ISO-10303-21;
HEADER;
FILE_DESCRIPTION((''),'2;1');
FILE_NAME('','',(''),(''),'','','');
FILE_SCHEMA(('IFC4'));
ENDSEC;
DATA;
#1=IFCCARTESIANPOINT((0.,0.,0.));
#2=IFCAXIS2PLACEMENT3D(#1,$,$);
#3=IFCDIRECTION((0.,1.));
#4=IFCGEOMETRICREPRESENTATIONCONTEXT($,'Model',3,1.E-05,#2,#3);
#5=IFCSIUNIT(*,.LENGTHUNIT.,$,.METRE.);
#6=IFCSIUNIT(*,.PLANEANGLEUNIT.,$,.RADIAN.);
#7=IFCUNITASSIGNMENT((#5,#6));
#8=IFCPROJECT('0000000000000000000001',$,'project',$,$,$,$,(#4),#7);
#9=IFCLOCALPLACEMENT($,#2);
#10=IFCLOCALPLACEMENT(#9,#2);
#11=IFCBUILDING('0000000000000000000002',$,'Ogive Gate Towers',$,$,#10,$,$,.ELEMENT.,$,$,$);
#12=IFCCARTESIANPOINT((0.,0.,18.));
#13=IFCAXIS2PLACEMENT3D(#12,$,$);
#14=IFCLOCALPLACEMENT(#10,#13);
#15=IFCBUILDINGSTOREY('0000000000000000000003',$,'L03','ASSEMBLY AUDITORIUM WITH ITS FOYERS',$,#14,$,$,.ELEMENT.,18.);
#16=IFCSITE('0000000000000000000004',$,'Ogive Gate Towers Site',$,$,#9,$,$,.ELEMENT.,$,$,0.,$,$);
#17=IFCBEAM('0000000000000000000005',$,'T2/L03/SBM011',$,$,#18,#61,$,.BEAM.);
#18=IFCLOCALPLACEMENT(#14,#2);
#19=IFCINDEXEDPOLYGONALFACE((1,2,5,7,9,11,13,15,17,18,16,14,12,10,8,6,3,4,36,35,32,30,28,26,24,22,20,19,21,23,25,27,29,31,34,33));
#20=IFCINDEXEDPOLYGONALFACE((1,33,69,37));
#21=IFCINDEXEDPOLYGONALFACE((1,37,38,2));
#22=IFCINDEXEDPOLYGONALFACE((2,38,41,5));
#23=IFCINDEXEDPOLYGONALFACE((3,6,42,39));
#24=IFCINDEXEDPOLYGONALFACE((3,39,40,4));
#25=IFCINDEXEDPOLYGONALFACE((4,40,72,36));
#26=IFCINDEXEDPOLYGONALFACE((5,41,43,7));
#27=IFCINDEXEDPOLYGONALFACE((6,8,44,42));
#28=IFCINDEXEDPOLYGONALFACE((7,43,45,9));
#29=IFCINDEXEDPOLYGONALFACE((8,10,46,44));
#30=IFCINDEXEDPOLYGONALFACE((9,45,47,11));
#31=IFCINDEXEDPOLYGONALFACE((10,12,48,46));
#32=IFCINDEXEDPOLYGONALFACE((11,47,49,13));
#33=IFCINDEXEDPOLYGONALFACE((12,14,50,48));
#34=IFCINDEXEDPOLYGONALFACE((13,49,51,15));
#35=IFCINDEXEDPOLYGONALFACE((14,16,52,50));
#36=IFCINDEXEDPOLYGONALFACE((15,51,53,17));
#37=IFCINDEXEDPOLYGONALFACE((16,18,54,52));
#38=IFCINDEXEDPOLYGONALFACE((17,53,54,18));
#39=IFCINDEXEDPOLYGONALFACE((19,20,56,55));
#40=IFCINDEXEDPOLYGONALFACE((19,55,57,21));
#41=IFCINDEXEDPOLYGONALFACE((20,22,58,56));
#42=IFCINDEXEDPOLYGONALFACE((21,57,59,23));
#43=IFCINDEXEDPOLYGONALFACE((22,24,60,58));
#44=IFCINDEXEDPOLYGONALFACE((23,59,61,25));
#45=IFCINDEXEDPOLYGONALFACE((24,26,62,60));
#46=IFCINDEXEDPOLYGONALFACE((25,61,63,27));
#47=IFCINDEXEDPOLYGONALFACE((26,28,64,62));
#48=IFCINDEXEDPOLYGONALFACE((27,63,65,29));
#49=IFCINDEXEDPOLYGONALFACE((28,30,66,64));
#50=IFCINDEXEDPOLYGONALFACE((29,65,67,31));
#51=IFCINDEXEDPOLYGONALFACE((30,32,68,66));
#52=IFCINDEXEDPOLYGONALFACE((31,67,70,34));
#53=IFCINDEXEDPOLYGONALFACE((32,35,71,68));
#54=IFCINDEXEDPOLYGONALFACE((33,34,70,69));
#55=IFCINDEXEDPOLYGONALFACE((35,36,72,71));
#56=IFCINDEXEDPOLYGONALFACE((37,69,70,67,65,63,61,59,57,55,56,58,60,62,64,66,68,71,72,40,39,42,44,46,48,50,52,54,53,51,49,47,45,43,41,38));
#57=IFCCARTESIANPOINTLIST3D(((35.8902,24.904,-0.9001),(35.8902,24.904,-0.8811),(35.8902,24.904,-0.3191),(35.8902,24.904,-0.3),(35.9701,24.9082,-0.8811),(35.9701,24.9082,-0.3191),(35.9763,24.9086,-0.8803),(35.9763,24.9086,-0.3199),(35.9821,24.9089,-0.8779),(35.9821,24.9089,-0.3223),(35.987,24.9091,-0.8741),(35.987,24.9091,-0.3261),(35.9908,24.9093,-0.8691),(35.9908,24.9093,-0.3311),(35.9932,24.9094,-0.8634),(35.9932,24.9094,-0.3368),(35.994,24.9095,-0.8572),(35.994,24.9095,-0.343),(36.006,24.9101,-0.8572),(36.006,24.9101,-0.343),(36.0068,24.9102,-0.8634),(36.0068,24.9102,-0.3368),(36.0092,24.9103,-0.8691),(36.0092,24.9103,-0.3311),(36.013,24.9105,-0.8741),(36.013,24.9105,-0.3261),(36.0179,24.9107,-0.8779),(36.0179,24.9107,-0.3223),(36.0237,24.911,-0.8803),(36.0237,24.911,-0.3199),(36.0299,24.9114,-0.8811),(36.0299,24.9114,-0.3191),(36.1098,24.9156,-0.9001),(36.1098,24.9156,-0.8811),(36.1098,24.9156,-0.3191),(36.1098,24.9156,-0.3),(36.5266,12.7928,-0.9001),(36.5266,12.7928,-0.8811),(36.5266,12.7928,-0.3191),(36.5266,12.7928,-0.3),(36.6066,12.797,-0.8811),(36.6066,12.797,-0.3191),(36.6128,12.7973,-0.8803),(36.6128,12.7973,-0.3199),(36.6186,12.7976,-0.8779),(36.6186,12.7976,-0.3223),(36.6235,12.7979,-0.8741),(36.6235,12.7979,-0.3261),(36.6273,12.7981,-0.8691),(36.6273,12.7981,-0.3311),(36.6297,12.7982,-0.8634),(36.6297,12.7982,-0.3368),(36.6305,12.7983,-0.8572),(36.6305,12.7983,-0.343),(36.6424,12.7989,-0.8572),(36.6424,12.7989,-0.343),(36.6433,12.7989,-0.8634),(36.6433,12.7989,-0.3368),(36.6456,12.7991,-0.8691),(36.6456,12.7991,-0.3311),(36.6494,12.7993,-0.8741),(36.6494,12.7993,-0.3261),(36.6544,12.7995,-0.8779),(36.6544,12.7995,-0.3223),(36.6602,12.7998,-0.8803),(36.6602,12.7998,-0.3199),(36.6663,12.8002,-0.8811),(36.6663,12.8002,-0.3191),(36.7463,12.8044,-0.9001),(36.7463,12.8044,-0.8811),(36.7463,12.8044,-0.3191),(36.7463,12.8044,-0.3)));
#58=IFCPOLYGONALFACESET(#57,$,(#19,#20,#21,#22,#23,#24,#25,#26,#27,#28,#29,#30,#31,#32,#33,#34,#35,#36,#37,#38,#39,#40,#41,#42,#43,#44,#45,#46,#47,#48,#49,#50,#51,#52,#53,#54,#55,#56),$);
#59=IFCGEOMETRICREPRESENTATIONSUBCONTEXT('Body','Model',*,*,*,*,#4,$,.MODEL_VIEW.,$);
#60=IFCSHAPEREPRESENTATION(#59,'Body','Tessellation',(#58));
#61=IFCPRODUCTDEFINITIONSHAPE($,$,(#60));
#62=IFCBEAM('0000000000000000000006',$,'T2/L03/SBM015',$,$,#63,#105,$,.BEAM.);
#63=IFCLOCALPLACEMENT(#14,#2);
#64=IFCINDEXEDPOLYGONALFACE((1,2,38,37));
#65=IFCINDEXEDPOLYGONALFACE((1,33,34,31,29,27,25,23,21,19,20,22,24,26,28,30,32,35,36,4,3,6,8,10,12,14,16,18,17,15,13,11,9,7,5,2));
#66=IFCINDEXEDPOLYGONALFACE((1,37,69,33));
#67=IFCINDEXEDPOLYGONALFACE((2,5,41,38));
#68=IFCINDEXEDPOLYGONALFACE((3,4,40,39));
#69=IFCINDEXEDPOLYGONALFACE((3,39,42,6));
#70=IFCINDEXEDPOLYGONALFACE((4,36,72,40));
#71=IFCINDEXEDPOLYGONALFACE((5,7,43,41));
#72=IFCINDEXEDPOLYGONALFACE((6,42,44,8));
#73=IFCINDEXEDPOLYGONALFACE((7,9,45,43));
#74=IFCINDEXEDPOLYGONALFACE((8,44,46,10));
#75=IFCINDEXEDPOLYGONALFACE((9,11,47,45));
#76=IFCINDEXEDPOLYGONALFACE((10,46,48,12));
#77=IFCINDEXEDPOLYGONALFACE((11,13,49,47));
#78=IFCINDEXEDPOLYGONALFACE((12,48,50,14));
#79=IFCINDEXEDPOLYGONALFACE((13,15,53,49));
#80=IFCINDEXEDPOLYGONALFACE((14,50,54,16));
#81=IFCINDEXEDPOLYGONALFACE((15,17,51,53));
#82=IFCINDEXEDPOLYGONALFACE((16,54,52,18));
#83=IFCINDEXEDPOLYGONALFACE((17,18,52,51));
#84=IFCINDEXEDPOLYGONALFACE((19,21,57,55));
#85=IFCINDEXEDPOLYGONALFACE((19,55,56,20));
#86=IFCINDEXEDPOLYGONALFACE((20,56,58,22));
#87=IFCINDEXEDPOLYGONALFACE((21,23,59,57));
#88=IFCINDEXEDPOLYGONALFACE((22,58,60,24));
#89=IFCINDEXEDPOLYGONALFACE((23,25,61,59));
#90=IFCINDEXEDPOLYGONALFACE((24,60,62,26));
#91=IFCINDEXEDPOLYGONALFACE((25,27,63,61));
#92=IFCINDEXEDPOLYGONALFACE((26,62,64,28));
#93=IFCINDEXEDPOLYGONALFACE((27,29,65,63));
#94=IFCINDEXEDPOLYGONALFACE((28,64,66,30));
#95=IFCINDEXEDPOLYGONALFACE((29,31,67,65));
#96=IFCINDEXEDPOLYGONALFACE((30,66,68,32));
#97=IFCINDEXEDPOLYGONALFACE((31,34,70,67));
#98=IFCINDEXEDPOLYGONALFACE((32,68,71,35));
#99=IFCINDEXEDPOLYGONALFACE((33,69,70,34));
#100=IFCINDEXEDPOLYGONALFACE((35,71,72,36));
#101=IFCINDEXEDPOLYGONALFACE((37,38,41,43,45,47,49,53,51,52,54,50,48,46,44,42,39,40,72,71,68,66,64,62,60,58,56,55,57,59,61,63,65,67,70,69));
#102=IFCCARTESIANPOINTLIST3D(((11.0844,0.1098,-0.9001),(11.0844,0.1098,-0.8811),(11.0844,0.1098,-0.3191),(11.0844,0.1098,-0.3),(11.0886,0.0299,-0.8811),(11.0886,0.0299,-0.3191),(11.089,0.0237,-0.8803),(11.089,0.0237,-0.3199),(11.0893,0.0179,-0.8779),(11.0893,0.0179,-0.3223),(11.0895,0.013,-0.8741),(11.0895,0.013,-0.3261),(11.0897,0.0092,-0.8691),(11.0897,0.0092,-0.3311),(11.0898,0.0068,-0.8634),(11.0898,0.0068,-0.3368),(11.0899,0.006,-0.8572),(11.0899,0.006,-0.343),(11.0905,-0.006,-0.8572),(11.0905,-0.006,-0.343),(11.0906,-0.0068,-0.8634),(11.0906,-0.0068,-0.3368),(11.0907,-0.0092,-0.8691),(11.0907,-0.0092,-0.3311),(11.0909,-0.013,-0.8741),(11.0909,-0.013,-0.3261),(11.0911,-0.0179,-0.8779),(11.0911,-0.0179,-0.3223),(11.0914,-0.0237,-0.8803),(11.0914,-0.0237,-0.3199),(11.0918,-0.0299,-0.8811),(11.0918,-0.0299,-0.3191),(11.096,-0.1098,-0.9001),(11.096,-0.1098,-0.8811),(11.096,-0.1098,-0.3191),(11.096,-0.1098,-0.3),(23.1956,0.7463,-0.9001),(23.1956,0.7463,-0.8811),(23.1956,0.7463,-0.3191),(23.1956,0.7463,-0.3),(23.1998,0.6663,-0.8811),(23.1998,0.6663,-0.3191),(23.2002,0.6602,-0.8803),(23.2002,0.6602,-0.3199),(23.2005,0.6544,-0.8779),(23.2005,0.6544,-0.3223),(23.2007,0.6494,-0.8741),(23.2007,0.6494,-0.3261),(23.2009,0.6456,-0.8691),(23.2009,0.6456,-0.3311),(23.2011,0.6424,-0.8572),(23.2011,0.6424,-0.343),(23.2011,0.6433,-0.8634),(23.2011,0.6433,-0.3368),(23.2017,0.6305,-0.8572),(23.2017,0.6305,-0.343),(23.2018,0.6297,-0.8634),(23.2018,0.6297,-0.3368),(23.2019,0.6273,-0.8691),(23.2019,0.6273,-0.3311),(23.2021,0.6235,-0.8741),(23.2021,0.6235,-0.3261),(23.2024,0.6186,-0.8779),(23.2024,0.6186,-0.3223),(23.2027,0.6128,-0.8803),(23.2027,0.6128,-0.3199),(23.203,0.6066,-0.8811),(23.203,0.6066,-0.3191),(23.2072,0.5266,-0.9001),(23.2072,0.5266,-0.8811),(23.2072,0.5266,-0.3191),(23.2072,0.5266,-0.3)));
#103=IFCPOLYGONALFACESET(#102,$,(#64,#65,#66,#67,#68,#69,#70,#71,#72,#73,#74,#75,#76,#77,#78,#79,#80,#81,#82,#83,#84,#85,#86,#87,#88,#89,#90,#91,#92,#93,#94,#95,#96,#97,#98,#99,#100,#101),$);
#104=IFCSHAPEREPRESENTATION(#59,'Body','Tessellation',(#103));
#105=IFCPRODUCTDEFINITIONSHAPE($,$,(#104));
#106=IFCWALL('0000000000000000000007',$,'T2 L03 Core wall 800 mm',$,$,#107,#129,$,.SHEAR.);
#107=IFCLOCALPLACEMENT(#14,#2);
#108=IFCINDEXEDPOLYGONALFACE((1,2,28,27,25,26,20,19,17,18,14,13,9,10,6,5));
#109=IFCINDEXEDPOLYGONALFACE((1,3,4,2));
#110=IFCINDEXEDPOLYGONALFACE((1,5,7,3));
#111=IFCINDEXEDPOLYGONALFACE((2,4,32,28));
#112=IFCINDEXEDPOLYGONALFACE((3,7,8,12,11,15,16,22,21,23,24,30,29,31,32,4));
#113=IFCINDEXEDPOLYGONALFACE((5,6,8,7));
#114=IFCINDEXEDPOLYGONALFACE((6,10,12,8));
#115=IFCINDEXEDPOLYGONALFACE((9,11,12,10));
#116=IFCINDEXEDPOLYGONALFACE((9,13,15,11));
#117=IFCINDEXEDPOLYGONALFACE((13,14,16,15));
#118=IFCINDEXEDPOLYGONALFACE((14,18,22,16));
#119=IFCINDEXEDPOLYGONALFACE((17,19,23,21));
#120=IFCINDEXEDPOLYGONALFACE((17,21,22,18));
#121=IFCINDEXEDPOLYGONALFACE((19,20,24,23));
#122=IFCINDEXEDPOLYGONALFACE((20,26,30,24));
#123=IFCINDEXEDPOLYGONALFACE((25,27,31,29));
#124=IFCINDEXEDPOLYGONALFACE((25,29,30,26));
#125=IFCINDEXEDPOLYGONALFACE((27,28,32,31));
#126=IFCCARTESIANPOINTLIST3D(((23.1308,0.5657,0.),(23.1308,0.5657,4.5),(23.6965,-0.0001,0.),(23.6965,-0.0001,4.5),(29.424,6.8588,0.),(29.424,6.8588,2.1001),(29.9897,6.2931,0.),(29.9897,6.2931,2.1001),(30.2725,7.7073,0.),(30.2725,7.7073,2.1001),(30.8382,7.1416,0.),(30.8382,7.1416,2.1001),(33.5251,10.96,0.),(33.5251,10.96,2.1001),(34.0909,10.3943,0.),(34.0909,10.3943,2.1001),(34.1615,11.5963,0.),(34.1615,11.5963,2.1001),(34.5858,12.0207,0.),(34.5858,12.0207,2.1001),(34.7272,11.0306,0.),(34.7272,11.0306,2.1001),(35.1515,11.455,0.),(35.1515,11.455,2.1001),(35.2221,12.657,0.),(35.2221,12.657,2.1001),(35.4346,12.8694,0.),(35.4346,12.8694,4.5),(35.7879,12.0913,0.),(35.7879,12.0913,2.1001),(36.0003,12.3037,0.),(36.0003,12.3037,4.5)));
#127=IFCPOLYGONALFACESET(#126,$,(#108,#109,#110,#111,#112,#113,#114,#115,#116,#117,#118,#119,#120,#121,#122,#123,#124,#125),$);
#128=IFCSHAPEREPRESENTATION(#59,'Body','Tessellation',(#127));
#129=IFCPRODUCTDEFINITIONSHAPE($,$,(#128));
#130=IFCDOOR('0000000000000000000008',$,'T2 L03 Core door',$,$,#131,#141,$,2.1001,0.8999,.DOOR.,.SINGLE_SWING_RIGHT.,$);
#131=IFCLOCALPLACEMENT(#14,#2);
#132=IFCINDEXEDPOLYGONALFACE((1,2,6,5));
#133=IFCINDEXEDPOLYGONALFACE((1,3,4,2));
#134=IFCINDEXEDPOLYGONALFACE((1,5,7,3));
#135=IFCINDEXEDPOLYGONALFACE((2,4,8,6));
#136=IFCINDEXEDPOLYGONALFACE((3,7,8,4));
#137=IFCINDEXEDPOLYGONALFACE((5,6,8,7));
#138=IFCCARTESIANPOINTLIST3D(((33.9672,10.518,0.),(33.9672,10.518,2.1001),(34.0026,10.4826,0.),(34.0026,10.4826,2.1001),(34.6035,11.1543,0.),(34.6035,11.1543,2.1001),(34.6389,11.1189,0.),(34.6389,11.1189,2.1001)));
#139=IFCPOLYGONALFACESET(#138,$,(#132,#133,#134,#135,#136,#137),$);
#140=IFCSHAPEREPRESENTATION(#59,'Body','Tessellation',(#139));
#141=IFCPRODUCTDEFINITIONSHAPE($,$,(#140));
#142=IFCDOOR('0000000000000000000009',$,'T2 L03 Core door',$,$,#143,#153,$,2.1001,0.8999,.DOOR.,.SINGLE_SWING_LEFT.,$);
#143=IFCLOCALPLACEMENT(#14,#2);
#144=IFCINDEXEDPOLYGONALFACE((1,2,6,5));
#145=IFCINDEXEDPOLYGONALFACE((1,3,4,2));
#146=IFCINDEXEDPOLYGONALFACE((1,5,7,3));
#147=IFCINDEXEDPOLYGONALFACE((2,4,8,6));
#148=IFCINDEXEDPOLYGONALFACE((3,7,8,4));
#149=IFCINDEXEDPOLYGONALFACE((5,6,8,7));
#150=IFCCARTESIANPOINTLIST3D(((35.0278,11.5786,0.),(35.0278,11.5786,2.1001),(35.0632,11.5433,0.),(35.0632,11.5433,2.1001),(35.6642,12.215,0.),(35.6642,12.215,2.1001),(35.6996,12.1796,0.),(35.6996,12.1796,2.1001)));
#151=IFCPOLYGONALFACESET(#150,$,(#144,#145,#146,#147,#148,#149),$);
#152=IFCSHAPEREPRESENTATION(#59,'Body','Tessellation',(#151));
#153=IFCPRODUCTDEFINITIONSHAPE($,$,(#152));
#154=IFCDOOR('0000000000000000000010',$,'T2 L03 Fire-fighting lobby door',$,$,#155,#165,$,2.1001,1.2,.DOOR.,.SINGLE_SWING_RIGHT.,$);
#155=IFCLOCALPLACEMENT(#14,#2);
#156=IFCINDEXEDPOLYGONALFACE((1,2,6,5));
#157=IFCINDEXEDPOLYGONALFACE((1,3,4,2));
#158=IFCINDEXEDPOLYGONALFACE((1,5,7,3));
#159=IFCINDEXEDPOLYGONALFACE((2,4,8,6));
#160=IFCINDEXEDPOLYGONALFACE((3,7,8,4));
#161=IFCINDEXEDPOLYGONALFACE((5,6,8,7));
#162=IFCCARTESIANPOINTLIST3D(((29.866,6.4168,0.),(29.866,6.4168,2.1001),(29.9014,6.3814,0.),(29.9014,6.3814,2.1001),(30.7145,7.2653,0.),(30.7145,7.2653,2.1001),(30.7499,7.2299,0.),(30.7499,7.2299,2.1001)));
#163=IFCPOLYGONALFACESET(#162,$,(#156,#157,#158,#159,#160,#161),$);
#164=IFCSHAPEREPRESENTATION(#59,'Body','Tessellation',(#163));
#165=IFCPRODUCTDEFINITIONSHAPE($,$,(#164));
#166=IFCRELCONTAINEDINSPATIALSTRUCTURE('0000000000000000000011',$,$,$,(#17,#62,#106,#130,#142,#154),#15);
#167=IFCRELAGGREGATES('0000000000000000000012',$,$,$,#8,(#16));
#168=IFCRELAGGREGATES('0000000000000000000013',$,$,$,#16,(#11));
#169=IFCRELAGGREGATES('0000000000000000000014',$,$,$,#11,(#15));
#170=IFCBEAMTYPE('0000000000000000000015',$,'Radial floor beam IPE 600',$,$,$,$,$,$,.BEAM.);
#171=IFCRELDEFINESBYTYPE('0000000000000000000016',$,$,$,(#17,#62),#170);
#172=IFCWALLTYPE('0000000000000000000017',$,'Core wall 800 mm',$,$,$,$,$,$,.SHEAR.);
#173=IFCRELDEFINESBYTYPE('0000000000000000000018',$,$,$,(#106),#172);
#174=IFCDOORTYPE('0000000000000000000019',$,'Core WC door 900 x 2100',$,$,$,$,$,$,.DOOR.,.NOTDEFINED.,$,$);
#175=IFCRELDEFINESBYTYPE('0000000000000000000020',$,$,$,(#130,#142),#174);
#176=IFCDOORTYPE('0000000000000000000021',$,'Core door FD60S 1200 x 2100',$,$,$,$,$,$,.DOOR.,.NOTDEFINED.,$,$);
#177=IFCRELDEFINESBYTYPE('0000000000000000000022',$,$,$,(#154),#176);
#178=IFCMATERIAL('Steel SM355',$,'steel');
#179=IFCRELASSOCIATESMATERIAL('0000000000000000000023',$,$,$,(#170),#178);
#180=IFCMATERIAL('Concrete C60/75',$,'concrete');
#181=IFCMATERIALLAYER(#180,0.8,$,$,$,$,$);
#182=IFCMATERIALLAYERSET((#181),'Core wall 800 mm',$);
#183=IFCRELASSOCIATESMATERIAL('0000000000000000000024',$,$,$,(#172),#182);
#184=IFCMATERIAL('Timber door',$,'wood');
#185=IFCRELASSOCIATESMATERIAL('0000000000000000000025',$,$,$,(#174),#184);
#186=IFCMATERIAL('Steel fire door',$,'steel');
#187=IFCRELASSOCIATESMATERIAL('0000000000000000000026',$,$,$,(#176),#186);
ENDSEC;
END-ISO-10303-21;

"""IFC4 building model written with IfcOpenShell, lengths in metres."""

from ifc_helpers import new_model, si_unit, direction, frame, frame_2d, origin, origin_2d, place, context, subcontext, project, spatial, rectangle, i_section, extrude, material, layer, layer_set, material_profile, profile_set, type_object, element, fill, save


model = new_model("IFC4")

# Units and contexts
model_context = context("Model", 3, precision=1e-05, world=origin(), true_north=direction((0.0, 1.0)))
body_context = subcontext(model_context, "Body", "Model", "MODEL_VIEW")
ifc_project = project(units=[si_unit("LENGTHUNIT", "METRE"), si_unit("PLANEANGLEUNIT", "RADIAN")], contexts=[model_context])

# Site, building, storey
site_placement = place(None, origin())
site = spatial("IfcSite", under=ifc_project, at=site_placement, Name="Ogive Gate Towers Site", CompositionType="ELEMENT", RefElevation=0.0)
building_placement = place(site_placement, origin())
building = spatial("IfcBuilding", under=site, at=building_placement, Name="Ogive Gate Towers", CompositionType="ELEMENT")
storey_placement = place(building_placement, frame((0.0, 0.0, 18.0)))
storey = spatial("IfcBuildingStorey", under=building, at=storey_placement, Name="L03", Description="ASSEMBLY AUDITORIUM WITH ITS FOYERS", CompositionType="ELEMENT", Elevation=18.0)

# Beams
ifc_material_1 = material(Name="Steel SM355", Category="steel")
ifc_material_profile_1 = material_profile(ifc_material_1, i_section(OverallWidth=0.22, OverallDepth=0.6001, WebThickness=0.012, FlangeThickness=0.019, FilletRadius=0.0239, at=origin_2d()), Name="IPE 600")
ifc_profile_set_1 = profile_set([ifc_material_profile_1], Name="Steel SM355")
beam_type_1 = type_object("IfcBeamType", Name="Radial floor beam IPE 600", PredefinedType="BEAM", material=ifc_profile_set_1)
for number, where, z_axis, x_axis, name in (
    (1, (36.6365, 12.7986, -0.6001), (-0.05248, 0.998622, 0.0), (-0.998622, -0.05248, 0.0), "T2/L03/SBM011"),
    (2, (23.2014, 0.6365, -0.6001), (-0.998622, -0.05248, 0.0), (0.05248, -0.998622, 0.0), "T2/L03/SBM015"),
):
    element("IfcBeam", number, at=place(storey_placement, frame(where, z_axis=z_axis, x_axis=x_axis)), inside=storey, type_object=beam_type_1, Name=name, PredefinedType="BEAM", context=body_context, shape_type="SweptSolid", body=[
        extrude(i_section(OverallWidth=0.22, OverallDepth=0.6001, WebThickness=0.012, FlangeThickness=0.019, FilletRadius=0.0239, at=origin_2d()), origin(), (0.0, 0.0, 1.0), 12.1279),
    ])

# Wall, openings, doors
ifc_material_2 = material(Name="Concrete C60/75", Category="concrete")
ifc_layer_1 = layer(ifc_material_2, 0.8)
ifc_layer_set_1 = layer_set([ifc_layer_1], Name="Core wall 800 mm")
wall_type_1 = type_object("IfcWallType", Name="Core wall 800 mm", PredefinedType="SHEAR", material=ifc_layer_set_1)
wall_1_placement = place(storey_placement, frame((23.4136, 0.2827, 0.0), z_axis=(0.0, 0.0, 1.0), x_axis=(0.707107, 0.707107, 0.0)))
wall_1 = element("IfcWall", 3, at=wall_1_placement, inside=storey, type_object=wall_type_1, Name="T2 L03 Core wall 800 mm", PredefinedType="SHEAR", context=body_context, shape_type="SweptSolid", body=[
    extrude(rectangle(XDim=17.4001, YDim=0.8, at=frame_2d((8.7002, 0.0))), origin(), (0.0, 0.0, 1.0), 4.5),
])
opening_1_placement = place(wall_1_placement, frame((8.8999, 0.0, 0.0)))
opening_1 = element("IfcOpeningElement", 4, at=opening_1_placement, cuts=wall_1, PredefinedType="OPENING", context=body_context, shape_type="SweptSolid", body=[
    extrude(rectangle(XDim=1.2, YDim=2.1001, at=frame_2d((0.6001, 1.05))), frame((0.0, 0.4102, 0.0), z_axis=(0.0, -1.0, 0.0), x_axis=(1.0, 0.0, 0.0)), (0.0, 0.0, 1.0), 0.8201),
])
opening_2_placement = place(wall_1_placement, frame((14.7, 0.0, 0.0)))
opening_2 = element("IfcOpeningElement", 5, at=opening_2_placement, cuts=wall_1, PredefinedType="OPENING", context=body_context, shape_type="SweptSolid", body=[
    extrude(rectangle(XDim=0.8999, YDim=2.1001, at=frame_2d((0.45, 1.05))), frame((0.0, 0.4102, 0.0), z_axis=(0.0, -1.0, 0.0), x_axis=(1.0, 0.0, 0.0)), (0.0, 0.0, 1.0), 0.8201),
])
opening_3_placement = place(wall_1_placement, frame((16.2, 0.0, 0.0)))
opening_3 = element("IfcOpeningElement", 6, at=opening_3_placement, cuts=wall_1, PredefinedType="OPENING", context=body_context, shape_type="SweptSolid", body=[
    extrude(rectangle(XDim=0.8999, YDim=2.1001, at=frame_2d((0.45, 1.05))), frame((0.0, 0.4102, 0.0), z_axis=(0.0, -1.0, 0.0), x_axis=(1.0, 0.0, 0.0)), (0.0, 0.0, 1.0), 0.8201),
])
ifc_material_3 = material(Name="Timber door", Category="wood")
door_type_1 = type_object("IfcDoorType", Name="Core WC door 900 x 2100", OperationType="NOTDEFINED", PredefinedType="DOOR", material=ifc_material_3)
door_1_placement = place(opening_2_placement, origin())
door_1 = element("IfcDoor", 7, at=door_1_placement, inside=storey, type_object=door_type_1, Name="T2 L03 Core door", OperationType="SINGLE_SWING_RIGHT", OverallHeight=2.1001, OverallWidth=0.8999, PredefinedType="DOOR", context=body_context, shape_type="SweptSolid", body=[
    extrude(rectangle(XDim=0.8999, YDim=2.1001, at=frame_2d((0.45, 1.05))), frame((0.0, -0.2251, 0.0), z_axis=(0.0, -1.0, 0.0), x_axis=(1.0, 0.0, 0.0)), (0.0, 0.0, 1.0), 0.05),
])
fill(opening_2, door_1)
door_2_placement = place(opening_3_placement, origin())
door_2 = element("IfcDoor", 8, at=door_2_placement, inside=storey, type_object=door_type_1, Name="T2 L03 Core door", OperationType="SINGLE_SWING_LEFT", OverallHeight=2.1001, OverallWidth=0.8999, PredefinedType="DOOR", context=body_context, shape_type="SweptSolid", body=[
    extrude(rectangle(XDim=0.8999, YDim=2.1001, at=frame_2d((0.45, 1.05))), frame((0.0, -0.2251, 0.0), z_axis=(0.0, -1.0, 0.0), x_axis=(1.0, 0.0, 0.0)), (0.0, 0.0, 1.0), 0.05),
])
fill(opening_3, door_2)
ifc_material_4 = material(Name="Steel fire door", Category="steel")
door_type_2 = type_object("IfcDoorType", Name="Core door FD60S 1200 x 2100", OperationType="NOTDEFINED", PredefinedType="DOOR", material=ifc_material_4)
door_3_placement = place(opening_1_placement, origin())
door_3 = element("IfcDoor", 9, at=door_3_placement, inside=storey, type_object=door_type_2, Name="T2 L03 Fire-fighting lobby door", OperationType="SINGLE_SWING_RIGHT", OverallHeight=2.1001, OverallWidth=1.2, PredefinedType="DOOR", context=body_context, shape_type="SweptSolid", body=[
    extrude(rectangle(XDim=1.2, YDim=2.1001, at=frame_2d((0.6001, 1.05))), frame((0.0, -0.2251, 0.0), z_axis=(0.0, -1.0, 0.0), x_axis=(1.0, 0.0, 0.0)), (0.0, 0.0, 1.0), 0.05),
])
fill(opening_1, door_3)

save(model, "model.ifc")
